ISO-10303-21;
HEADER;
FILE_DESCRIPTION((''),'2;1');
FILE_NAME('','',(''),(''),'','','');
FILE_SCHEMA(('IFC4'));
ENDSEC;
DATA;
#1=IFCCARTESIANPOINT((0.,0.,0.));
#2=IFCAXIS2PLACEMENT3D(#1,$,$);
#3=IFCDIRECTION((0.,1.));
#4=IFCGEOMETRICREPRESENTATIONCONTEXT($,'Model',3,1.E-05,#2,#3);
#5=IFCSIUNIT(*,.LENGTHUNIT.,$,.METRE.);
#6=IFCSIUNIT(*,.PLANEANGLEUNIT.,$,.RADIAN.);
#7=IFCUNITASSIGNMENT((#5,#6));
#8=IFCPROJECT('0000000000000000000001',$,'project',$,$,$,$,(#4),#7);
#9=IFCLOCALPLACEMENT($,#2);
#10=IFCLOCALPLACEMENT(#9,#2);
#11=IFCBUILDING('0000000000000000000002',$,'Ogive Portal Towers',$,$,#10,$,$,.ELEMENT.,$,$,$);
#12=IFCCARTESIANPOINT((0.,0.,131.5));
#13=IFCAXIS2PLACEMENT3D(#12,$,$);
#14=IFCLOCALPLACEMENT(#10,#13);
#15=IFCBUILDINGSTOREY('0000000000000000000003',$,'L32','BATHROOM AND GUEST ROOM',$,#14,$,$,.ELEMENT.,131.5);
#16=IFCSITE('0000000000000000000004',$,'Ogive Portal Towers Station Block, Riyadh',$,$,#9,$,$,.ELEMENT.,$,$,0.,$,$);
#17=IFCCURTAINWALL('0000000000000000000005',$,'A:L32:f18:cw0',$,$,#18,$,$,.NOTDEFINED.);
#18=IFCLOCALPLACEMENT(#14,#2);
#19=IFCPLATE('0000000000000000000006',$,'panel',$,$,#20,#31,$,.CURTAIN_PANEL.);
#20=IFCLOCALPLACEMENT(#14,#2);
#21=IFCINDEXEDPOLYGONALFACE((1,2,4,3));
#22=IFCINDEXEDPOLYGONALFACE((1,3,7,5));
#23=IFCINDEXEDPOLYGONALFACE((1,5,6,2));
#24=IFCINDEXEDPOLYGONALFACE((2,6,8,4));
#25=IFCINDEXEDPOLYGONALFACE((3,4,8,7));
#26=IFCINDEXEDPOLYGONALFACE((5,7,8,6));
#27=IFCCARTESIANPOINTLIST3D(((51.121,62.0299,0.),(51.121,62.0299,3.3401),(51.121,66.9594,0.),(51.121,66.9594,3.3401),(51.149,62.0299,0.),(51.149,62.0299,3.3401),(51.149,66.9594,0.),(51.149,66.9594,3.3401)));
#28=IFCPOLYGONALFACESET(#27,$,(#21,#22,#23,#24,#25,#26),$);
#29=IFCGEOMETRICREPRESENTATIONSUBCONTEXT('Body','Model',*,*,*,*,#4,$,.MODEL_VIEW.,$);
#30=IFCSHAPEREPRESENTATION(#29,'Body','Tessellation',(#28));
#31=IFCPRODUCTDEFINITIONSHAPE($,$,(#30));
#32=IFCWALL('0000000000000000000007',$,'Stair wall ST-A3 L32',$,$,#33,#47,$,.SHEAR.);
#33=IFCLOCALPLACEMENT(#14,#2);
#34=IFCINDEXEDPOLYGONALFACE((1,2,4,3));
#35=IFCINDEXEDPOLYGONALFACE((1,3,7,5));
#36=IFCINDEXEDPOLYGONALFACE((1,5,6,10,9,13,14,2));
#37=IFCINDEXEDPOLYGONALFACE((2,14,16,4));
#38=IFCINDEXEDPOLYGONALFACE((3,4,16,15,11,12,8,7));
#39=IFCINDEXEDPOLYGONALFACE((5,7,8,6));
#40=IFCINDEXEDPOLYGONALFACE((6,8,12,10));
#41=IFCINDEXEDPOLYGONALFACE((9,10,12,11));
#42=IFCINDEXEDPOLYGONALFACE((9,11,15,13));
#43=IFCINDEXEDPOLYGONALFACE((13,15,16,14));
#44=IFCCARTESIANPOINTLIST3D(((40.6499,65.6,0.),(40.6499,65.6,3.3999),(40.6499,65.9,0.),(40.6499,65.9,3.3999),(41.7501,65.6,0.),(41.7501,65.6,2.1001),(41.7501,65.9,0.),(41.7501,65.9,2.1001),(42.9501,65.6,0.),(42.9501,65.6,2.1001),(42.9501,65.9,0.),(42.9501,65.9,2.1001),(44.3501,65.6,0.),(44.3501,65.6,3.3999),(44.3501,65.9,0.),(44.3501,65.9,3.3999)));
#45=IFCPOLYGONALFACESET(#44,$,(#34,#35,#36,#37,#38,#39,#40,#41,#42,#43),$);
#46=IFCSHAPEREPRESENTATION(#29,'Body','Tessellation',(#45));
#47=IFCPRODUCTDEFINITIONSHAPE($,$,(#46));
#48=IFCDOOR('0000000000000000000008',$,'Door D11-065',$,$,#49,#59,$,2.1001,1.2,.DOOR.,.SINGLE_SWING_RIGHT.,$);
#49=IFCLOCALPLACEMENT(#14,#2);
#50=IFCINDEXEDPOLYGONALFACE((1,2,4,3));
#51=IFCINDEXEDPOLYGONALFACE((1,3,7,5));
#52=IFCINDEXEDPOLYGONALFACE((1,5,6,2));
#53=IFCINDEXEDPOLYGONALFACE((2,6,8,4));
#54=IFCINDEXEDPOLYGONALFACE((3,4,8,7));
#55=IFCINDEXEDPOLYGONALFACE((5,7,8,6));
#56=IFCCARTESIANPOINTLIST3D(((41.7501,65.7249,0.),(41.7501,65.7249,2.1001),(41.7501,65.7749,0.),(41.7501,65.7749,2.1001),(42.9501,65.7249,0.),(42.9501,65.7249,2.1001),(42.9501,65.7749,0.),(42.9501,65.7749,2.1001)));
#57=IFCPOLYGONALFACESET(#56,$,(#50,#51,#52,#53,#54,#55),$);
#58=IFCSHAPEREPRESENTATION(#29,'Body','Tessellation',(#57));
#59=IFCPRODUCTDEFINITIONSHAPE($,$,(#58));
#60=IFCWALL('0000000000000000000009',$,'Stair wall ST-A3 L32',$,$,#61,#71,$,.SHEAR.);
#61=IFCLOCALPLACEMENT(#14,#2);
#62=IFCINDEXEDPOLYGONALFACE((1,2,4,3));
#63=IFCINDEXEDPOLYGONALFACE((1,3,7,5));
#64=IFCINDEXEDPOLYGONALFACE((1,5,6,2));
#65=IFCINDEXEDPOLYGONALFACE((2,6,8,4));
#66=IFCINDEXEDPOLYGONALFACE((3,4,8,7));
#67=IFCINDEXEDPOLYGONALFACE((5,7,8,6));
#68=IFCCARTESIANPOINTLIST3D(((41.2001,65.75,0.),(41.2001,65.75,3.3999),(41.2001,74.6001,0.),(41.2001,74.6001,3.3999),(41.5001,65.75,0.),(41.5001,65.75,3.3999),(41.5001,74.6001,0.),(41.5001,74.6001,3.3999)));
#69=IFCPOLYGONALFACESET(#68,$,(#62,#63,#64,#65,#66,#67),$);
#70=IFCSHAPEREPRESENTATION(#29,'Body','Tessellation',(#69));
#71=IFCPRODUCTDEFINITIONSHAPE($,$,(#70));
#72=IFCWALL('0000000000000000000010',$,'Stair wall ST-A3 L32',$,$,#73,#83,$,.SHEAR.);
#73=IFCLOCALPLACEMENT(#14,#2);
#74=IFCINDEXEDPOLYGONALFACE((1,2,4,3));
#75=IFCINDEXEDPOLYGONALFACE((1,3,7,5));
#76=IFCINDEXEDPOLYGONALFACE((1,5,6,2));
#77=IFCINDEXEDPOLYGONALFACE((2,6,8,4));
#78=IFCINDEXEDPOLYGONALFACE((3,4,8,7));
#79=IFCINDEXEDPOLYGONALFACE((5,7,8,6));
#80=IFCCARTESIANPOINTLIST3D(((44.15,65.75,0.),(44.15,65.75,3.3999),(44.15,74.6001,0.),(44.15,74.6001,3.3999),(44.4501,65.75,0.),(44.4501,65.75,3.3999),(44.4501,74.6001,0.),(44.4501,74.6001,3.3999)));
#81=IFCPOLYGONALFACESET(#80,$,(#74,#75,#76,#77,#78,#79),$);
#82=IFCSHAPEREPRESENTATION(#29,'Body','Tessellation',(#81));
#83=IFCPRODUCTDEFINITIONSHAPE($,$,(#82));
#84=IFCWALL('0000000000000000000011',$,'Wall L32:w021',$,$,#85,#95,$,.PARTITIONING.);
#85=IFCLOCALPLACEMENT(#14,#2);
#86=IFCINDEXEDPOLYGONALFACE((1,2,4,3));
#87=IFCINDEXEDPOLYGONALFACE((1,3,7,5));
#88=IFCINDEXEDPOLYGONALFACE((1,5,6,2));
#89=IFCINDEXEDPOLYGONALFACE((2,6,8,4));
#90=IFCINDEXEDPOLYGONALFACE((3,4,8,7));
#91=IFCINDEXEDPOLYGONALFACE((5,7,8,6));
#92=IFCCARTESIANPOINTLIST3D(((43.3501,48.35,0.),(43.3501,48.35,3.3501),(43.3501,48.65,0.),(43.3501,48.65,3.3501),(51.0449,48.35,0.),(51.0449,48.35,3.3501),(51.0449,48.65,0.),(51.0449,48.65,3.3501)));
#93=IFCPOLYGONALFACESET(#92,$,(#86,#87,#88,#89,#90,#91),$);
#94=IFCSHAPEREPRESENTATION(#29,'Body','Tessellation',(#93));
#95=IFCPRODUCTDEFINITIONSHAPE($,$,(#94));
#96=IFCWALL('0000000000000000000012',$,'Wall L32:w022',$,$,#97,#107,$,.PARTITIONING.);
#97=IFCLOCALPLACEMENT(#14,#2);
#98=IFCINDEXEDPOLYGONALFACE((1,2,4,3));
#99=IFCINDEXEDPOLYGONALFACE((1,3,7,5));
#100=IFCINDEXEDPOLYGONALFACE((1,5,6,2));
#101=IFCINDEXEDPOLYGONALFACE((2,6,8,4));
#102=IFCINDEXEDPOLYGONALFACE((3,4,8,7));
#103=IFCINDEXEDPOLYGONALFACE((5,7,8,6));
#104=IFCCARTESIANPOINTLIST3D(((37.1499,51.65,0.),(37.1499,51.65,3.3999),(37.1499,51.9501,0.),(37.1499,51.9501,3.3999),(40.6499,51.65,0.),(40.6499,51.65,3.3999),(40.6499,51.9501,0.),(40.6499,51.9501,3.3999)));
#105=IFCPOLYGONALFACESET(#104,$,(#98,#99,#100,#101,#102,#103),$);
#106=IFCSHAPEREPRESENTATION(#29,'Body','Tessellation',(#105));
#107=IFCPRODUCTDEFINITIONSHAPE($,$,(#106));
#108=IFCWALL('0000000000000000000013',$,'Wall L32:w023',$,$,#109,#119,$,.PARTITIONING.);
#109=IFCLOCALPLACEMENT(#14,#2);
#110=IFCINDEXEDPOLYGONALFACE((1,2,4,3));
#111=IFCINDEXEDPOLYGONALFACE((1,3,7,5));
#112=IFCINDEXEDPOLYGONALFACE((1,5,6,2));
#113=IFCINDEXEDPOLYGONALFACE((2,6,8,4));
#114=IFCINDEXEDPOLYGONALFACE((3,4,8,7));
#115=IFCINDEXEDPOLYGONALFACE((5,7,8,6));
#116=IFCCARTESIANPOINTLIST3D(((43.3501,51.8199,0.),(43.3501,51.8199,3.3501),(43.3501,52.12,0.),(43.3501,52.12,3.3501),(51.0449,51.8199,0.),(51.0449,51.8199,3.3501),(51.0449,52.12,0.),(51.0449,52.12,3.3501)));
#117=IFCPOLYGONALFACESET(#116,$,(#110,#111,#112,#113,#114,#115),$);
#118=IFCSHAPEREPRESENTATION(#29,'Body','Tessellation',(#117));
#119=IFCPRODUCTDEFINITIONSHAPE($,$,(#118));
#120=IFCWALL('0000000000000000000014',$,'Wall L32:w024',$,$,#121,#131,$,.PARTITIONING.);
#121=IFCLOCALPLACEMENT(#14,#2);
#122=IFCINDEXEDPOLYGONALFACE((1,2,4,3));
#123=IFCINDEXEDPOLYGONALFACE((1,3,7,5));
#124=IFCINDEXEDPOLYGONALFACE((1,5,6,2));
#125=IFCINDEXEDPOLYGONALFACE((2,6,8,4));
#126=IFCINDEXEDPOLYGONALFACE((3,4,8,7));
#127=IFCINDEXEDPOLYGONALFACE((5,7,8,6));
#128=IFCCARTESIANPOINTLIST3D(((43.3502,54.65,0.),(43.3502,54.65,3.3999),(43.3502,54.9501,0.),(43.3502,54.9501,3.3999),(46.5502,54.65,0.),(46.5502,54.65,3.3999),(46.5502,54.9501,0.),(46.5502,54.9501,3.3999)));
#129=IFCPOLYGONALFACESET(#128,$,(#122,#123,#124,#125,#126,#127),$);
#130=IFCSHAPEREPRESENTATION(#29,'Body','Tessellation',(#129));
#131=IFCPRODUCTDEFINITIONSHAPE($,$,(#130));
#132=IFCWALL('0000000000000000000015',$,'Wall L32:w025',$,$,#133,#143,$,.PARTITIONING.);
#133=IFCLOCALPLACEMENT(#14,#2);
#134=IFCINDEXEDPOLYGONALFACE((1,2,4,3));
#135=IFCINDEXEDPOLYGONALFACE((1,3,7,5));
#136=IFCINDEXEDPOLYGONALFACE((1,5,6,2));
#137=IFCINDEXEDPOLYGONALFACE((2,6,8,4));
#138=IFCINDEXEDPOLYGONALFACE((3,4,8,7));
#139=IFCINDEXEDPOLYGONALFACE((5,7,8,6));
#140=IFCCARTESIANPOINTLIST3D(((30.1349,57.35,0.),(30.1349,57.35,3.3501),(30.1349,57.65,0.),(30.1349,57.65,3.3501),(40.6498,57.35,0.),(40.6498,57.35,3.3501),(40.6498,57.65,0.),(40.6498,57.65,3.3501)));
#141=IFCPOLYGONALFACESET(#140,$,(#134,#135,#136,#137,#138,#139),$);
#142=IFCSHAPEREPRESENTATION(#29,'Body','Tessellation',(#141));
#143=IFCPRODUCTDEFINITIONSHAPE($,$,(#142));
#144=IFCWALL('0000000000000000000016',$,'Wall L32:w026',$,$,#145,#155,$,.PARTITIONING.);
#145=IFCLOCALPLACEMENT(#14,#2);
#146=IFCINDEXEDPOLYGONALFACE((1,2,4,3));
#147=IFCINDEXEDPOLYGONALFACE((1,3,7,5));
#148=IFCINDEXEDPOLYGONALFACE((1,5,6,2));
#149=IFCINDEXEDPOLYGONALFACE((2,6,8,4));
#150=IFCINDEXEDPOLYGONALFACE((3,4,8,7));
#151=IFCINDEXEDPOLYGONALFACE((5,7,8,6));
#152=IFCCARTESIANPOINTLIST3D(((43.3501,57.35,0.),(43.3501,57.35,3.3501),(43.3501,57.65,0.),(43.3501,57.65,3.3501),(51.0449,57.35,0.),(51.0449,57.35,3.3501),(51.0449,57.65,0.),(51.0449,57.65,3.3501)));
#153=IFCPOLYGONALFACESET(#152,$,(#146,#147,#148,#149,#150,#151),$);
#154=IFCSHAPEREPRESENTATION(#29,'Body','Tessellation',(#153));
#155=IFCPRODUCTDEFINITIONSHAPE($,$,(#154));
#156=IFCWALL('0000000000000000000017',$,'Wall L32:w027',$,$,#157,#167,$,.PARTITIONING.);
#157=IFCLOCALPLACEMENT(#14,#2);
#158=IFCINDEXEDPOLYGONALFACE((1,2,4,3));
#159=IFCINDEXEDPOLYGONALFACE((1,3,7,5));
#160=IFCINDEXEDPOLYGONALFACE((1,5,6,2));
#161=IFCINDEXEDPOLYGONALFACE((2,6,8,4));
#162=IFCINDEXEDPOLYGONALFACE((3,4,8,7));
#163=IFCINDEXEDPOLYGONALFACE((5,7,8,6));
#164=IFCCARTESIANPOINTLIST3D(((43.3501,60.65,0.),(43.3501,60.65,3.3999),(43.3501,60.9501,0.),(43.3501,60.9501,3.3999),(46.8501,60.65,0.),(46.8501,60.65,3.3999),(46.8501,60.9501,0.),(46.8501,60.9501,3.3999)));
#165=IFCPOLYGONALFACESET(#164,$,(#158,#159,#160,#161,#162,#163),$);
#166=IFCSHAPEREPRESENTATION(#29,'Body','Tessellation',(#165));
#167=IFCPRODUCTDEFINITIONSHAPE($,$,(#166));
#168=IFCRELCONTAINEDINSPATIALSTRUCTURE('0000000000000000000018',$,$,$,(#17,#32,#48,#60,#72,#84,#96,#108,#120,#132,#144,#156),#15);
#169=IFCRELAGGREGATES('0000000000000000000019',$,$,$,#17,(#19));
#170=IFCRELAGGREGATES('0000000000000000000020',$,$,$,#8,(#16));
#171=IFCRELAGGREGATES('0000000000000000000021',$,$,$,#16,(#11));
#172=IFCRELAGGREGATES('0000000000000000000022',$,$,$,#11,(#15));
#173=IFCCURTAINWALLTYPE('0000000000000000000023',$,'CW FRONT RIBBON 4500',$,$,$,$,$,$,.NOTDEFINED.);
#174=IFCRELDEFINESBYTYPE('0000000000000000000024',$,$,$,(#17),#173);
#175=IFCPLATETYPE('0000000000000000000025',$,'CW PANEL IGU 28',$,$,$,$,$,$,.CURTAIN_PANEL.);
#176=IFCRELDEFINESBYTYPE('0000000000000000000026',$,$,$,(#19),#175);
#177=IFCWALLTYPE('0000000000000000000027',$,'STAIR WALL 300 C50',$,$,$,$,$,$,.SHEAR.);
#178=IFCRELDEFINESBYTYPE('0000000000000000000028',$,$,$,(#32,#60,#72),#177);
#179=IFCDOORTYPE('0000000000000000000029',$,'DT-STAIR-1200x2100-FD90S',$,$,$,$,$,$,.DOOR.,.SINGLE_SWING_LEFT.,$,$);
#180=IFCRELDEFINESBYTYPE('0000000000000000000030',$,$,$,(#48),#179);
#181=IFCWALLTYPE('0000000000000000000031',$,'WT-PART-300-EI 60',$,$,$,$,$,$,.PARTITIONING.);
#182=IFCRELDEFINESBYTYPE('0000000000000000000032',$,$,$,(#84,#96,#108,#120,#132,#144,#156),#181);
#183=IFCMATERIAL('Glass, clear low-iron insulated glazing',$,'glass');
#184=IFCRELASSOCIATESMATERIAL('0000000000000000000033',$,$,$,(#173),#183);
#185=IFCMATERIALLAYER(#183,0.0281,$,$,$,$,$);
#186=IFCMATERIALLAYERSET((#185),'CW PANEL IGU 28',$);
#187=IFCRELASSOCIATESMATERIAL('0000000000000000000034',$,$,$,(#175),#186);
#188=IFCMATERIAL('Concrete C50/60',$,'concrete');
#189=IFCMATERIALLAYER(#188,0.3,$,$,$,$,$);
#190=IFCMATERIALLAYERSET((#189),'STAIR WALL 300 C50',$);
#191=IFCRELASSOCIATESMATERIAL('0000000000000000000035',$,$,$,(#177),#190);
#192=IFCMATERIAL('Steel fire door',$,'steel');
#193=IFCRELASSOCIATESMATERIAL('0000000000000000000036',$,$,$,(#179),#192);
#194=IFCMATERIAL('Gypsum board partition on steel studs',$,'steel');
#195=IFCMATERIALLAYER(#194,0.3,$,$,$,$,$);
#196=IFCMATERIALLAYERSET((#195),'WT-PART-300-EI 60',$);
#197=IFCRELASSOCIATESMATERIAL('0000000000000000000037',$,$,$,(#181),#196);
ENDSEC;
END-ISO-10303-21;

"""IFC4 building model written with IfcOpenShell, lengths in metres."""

from ifc_helpers import new_model, si_unit, direction, frame, frame_2d, origin, origin_2d, place, context, subcontext, project, spatial, rectangle, extrude, material, layer, layer_set, type_object, element, fill, aggregate, save


model = new_model("IFC4")

# Units and contexts
model_context = context("Model", 3, precision=1e-05, world=origin(), true_north=direction((0.0, 1.0)))
body_context = subcontext(model_context, "Body", "Model", "MODEL_VIEW")
ifc_project = project(units=[si_unit("LENGTHUNIT", "METRE"), si_unit("PLANEANGLEUNIT", "RADIAN")], contexts=[model_context])

# Site, building, storey
site_placement = place(None, origin())
site = spatial("IfcSite", under=ifc_project, at=site_placement, Name="Ogive Portal Towers Station Block, Riyadh", CompositionType="ELEMENT", RefElevation=0.0)
building_placement = place(site_placement, origin())
building = spatial("IfcBuilding", under=site, at=building_placement, Name="Ogive Portal Towers", CompositionType="ELEMENT")
storey_placement = place(building_placement, frame((0.0, 0.0, 131.5)))
storey = spatial("IfcBuildingStorey", under=building, at=storey_placement, Name="L32", Description="BATHROOM AND GUEST ROOM", CompositionType="ELEMENT", Elevation=131.5)

# Shared definitions
ifc_material_1 = material(Name="Glass, clear low-iron insulated glazing", Category="glass")
curtain_wall_type = type_object("IfcCurtainWallType", Name="CW FRONT RIBBON 4500", PredefinedType="NOTDEFINED", material=ifc_material_1)

# Shared definitions
ifc_material_2 = material(Name="Concrete C50/60", Category="concrete")

# Curtain wall, plate
curtain_wall_1_placement = place(storey_placement, origin())
curtain_wall_1 = element("IfcCurtainWall", 1, at=curtain_wall_1_placement, inside=storey, type_object=curtain_wall_type, Name="A:L32:f18:cw0", PredefinedType="NOTDEFINED")
ifc_layer_1 = layer(ifc_material_1, 0.0281)
ifc_layer_set_1 = layer_set([ifc_layer_1], Name="CW PANEL IGU 28")
plate_type = type_object("IfcPlateType", Name="CW PANEL IGU 28", PredefinedType="CURTAIN_PANEL", material=ifc_layer_set_1)
plate_1_placement = place(storey_placement, frame((51.135, 64.4946, 0.0), z_axis=(0.0, 0.0, 1.0), x_axis=(0.0, 1.0, 0.0)))
plate_1 = element("IfcPlate", 2, at=plate_1_placement, type_object=plate_type, Name="panel", PredefinedType="CURTAIN_PANEL", context=body_context, shape_type="SweptSolid", body=[
    extrude(rectangle(XDim=4.9294, YDim=0.0281, at=origin_2d()), origin(), (0.0, 0.0, 1.0), 3.3401),
])
aggregate(curtain_wall_1, [plate_1])

# Wall, opening, door
ifc_layer_2 = layer(ifc_material_2, 0.3)
ifc_layer_set_2 = layer_set([ifc_layer_2], Name="STAIR WALL 300 C50")
wall_type_1 = type_object("IfcWallType", Name="STAIR WALL 300 C50", PredefinedType="SHEAR", material=ifc_layer_set_2)
wall_1_placement = place(storey_placement, frame((40.6499, 65.75, 0.0), z_axis=(0.0, 0.0, 1.0), x_axis=(1.0, 0.0, 0.0)))
wall_1 = element("IfcWall", 3, at=wall_1_placement, inside=storey, type_object=wall_type_1, Name="Stair wall ST-A3 L32", PredefinedType="SHEAR", context=body_context, shape_type="SweptSolid", body=[
    extrude(rectangle(XDim=3.7002, YDim=0.3, at=frame_2d((1.8501, 0.0))), origin(), (0.0, 0.0, 1.0), 3.3999),
])
opening_1_placement = place(wall_1_placement, frame((1.1001, 0.0, 0.0)))
opening_1 = element("IfcOpeningElement", 4, at=opening_1_placement, cuts=wall_1, PredefinedType="OPENING", context=body_context, shape_type="SweptSolid", body=[
    extrude(rectangle(XDim=1.2, YDim=2.1001, at=frame_2d((0.6001, 1.05))), frame((0.0, 0.1602, 0.0), z_axis=(0.0, -1.0, 0.0), x_axis=(1.0, 0.0, 0.0)), (0.0, 0.0, 1.0), 0.3201),
])
ifc_material_3 = material(Name="Steel fire door", Category="steel")
door_type_1 = type_object("IfcDoorType", Name="DT-STAIR-1200x2100-FD90S", OperationType="SINGLE_SWING_LEFT", PredefinedType="DOOR", material=ifc_material_3)
door_1_placement = place(opening_1_placement, origin())
door_1 = element("IfcDoor", 5, at=door_1_placement, inside=storey, type_object=door_type_1, Name="Door D11-065", OperationType="SINGLE_SWING_RIGHT", OverallHeight=2.1001, OverallWidth=1.2, PredefinedType="DOOR", context=body_context, shape_type="SweptSolid", body=[
    extrude(rectangle(XDim=1.2, YDim=2.1001, at=frame_2d((0.6001, 1.05))), frame((0.0, 0.0249, 0.0), z_axis=(0.0, -1.0, 0.0), x_axis=(1.0, 0.0, 0.0)), (0.0, 0.0, 1.0), 0.05),
])
fill(opening_1, door_1)

# Walls
for number, where, z_axis, x_axis, name in (
    (6, (41.3501, 65.75, 0.0), (0.0, 0.0, 1.0), (0.0, 1.0, 0.0), "Stair wall ST-A3 L32"),
    (7, (44.3, 65.75, 0.0), (0.0, 0.0, 1.0), (0.0, 1.0, 0.0), "Stair wall ST-A3 L32"),
):
    element("IfcWall", number, at=place(storey_placement, frame(where, z_axis=z_axis, x_axis=x_axis)), inside=storey, type_object=wall_type_1, Name=name, PredefinedType="SHEAR", context=body_context, shape_type="SweptSolid", body=[
        extrude(rectangle(XDim=8.8501, YDim=0.3, at=frame_2d((4.425, 0.0))), origin(), (0.0, 0.0, 1.0), 3.3999),
    ])
ifc_material_4 = material(Name="Gypsum board partition on steel studs", Category="steel")
ifc_layer_3 = layer(ifc_material_4, 0.3)
ifc_layer_set_3 = layer_set([ifc_layer_3], Name="WT-PART-300-EI 60")
wall_type_2 = type_object("IfcWallType", Name="WT-PART-300-EI 60", PredefinedType="PARTITIONING", material=ifc_layer_set_3)
wall_2_placement = place(storey_placement, frame((43.3501, 48.5, 0.0), z_axis=(0.0, 0.0, 1.0), x_axis=(1.0, 0.0, 0.0)))
element("IfcWall", 8, at=wall_2_placement, inside=storey, type_object=wall_type_2, Name="Wall L32:w021", PredefinedType="PARTITIONING", context=body_context, shape_type="SweptSolid", body=[
    extrude(rectangle(XDim=7.6948, YDim=0.3, at=frame_2d((3.8474, 0.0))), origin(), (0.0, 0.0, 1.0), 3.3501),
])
wall_3_placement = place(storey_placement, frame((37.1499, 51.8, 0.0), z_axis=(0.0, 0.0, 1.0), x_axis=(1.0, 0.0, 0.0)))
element("IfcWall", 9, at=wall_3_placement, inside=storey, type_object=wall_type_2, Name="Wall L32:w022", PredefinedType="PARTITIONING", context=body_context, shape_type="SweptSolid", body=[
    extrude(rectangle(XDim=3.5, YDim=0.3, at=frame_2d((1.75, 0.0))), origin(), (0.0, 0.0, 1.0), 3.3999),
])
wall_4_placement = place(storey_placement, frame((43.3501, 51.97, 0.0), z_axis=(0.0, 0.0, 1.0), x_axis=(1.0, 0.0, 0.0)))
element("IfcWall", 10, at=wall_4_placement, inside=storey, type_object=wall_type_2, Name="Wall L32:w023", PredefinedType="PARTITIONING", context=body_context, shape_type="SweptSolid", body=[
    extrude(rectangle(XDim=7.6948, YDim=0.3, at=frame_2d((3.8474, 0.0))), origin(), (0.0, 0.0, 1.0), 3.3501),
])
wall_5_placement = place(storey_placement, frame((43.3501, 54.8, 0.0), z_axis=(0.0, 0.0, 1.0), x_axis=(1.0, 0.0, 0.0)))
element("IfcWall", 11, at=wall_5_placement, inside=storey, type_object=wall_type_2, Name="Wall L32:w024", PredefinedType="PARTITIONING", context=body_context, shape_type="SweptSolid", body=[
    extrude(rectangle(XDim=3.2, YDim=0.3, at=frame_2d((1.6001, 0.0))), origin(), (0.0, 0.0, 1.0), 3.3999),
])
wall_6_placement = place(storey_placement, frame((30.135, 57.5, 0.0), z_axis=(0.0, 0.0, 1.0), x_axis=(1.0, 0.0, 0.0)))
element("IfcWall", 12, at=wall_6_placement, inside=storey, type_object=wall_type_2, Name="Wall L32:w025", PredefinedType="PARTITIONING", context=body_context, shape_type="SweptSolid", body=[
    extrude(rectangle(XDim=10.5149, YDim=0.3, at=frame_2d((5.2573, 0.0))), origin(), (0.0, 0.0, 1.0), 3.3501),
])
wall_7_placement = place(storey_placement, frame((43.3501, 57.5, 0.0), z_axis=(0.0, 0.0, 1.0), x_axis=(1.0, 0.0, 0.0)))
element("IfcWall", 13, at=wall_7_placement, inside=storey, type_object=wall_type_2, Name="Wall L32:w026", PredefinedType="PARTITIONING", context=body_context, shape_type="SweptSolid", body=[
    extrude(rectangle(XDim=7.6948, YDim=0.3, at=frame_2d((3.8474, 0.0))), origin(), (0.0, 0.0, 1.0), 3.3501),
])
wall_8_placement = place(storey_placement, frame((43.3501, 60.8, 0.0), z_axis=(0.0, 0.0, 1.0), x_axis=(1.0, 0.0, 0.0)))
element("IfcWall", 14, at=wall_8_placement, inside=storey, type_object=wall_type_2, Name="Wall L32:w027", PredefinedType="PARTITIONING", context=body_context, shape_type="SweptSolid", body=[
    extrude(rectangle(XDim=3.5, YDim=0.3, at=frame_2d((1.75, 0.0))), origin(), (0.0, 0.0, 1.0), 3.3999),
])

save(model, "model.ifc")
